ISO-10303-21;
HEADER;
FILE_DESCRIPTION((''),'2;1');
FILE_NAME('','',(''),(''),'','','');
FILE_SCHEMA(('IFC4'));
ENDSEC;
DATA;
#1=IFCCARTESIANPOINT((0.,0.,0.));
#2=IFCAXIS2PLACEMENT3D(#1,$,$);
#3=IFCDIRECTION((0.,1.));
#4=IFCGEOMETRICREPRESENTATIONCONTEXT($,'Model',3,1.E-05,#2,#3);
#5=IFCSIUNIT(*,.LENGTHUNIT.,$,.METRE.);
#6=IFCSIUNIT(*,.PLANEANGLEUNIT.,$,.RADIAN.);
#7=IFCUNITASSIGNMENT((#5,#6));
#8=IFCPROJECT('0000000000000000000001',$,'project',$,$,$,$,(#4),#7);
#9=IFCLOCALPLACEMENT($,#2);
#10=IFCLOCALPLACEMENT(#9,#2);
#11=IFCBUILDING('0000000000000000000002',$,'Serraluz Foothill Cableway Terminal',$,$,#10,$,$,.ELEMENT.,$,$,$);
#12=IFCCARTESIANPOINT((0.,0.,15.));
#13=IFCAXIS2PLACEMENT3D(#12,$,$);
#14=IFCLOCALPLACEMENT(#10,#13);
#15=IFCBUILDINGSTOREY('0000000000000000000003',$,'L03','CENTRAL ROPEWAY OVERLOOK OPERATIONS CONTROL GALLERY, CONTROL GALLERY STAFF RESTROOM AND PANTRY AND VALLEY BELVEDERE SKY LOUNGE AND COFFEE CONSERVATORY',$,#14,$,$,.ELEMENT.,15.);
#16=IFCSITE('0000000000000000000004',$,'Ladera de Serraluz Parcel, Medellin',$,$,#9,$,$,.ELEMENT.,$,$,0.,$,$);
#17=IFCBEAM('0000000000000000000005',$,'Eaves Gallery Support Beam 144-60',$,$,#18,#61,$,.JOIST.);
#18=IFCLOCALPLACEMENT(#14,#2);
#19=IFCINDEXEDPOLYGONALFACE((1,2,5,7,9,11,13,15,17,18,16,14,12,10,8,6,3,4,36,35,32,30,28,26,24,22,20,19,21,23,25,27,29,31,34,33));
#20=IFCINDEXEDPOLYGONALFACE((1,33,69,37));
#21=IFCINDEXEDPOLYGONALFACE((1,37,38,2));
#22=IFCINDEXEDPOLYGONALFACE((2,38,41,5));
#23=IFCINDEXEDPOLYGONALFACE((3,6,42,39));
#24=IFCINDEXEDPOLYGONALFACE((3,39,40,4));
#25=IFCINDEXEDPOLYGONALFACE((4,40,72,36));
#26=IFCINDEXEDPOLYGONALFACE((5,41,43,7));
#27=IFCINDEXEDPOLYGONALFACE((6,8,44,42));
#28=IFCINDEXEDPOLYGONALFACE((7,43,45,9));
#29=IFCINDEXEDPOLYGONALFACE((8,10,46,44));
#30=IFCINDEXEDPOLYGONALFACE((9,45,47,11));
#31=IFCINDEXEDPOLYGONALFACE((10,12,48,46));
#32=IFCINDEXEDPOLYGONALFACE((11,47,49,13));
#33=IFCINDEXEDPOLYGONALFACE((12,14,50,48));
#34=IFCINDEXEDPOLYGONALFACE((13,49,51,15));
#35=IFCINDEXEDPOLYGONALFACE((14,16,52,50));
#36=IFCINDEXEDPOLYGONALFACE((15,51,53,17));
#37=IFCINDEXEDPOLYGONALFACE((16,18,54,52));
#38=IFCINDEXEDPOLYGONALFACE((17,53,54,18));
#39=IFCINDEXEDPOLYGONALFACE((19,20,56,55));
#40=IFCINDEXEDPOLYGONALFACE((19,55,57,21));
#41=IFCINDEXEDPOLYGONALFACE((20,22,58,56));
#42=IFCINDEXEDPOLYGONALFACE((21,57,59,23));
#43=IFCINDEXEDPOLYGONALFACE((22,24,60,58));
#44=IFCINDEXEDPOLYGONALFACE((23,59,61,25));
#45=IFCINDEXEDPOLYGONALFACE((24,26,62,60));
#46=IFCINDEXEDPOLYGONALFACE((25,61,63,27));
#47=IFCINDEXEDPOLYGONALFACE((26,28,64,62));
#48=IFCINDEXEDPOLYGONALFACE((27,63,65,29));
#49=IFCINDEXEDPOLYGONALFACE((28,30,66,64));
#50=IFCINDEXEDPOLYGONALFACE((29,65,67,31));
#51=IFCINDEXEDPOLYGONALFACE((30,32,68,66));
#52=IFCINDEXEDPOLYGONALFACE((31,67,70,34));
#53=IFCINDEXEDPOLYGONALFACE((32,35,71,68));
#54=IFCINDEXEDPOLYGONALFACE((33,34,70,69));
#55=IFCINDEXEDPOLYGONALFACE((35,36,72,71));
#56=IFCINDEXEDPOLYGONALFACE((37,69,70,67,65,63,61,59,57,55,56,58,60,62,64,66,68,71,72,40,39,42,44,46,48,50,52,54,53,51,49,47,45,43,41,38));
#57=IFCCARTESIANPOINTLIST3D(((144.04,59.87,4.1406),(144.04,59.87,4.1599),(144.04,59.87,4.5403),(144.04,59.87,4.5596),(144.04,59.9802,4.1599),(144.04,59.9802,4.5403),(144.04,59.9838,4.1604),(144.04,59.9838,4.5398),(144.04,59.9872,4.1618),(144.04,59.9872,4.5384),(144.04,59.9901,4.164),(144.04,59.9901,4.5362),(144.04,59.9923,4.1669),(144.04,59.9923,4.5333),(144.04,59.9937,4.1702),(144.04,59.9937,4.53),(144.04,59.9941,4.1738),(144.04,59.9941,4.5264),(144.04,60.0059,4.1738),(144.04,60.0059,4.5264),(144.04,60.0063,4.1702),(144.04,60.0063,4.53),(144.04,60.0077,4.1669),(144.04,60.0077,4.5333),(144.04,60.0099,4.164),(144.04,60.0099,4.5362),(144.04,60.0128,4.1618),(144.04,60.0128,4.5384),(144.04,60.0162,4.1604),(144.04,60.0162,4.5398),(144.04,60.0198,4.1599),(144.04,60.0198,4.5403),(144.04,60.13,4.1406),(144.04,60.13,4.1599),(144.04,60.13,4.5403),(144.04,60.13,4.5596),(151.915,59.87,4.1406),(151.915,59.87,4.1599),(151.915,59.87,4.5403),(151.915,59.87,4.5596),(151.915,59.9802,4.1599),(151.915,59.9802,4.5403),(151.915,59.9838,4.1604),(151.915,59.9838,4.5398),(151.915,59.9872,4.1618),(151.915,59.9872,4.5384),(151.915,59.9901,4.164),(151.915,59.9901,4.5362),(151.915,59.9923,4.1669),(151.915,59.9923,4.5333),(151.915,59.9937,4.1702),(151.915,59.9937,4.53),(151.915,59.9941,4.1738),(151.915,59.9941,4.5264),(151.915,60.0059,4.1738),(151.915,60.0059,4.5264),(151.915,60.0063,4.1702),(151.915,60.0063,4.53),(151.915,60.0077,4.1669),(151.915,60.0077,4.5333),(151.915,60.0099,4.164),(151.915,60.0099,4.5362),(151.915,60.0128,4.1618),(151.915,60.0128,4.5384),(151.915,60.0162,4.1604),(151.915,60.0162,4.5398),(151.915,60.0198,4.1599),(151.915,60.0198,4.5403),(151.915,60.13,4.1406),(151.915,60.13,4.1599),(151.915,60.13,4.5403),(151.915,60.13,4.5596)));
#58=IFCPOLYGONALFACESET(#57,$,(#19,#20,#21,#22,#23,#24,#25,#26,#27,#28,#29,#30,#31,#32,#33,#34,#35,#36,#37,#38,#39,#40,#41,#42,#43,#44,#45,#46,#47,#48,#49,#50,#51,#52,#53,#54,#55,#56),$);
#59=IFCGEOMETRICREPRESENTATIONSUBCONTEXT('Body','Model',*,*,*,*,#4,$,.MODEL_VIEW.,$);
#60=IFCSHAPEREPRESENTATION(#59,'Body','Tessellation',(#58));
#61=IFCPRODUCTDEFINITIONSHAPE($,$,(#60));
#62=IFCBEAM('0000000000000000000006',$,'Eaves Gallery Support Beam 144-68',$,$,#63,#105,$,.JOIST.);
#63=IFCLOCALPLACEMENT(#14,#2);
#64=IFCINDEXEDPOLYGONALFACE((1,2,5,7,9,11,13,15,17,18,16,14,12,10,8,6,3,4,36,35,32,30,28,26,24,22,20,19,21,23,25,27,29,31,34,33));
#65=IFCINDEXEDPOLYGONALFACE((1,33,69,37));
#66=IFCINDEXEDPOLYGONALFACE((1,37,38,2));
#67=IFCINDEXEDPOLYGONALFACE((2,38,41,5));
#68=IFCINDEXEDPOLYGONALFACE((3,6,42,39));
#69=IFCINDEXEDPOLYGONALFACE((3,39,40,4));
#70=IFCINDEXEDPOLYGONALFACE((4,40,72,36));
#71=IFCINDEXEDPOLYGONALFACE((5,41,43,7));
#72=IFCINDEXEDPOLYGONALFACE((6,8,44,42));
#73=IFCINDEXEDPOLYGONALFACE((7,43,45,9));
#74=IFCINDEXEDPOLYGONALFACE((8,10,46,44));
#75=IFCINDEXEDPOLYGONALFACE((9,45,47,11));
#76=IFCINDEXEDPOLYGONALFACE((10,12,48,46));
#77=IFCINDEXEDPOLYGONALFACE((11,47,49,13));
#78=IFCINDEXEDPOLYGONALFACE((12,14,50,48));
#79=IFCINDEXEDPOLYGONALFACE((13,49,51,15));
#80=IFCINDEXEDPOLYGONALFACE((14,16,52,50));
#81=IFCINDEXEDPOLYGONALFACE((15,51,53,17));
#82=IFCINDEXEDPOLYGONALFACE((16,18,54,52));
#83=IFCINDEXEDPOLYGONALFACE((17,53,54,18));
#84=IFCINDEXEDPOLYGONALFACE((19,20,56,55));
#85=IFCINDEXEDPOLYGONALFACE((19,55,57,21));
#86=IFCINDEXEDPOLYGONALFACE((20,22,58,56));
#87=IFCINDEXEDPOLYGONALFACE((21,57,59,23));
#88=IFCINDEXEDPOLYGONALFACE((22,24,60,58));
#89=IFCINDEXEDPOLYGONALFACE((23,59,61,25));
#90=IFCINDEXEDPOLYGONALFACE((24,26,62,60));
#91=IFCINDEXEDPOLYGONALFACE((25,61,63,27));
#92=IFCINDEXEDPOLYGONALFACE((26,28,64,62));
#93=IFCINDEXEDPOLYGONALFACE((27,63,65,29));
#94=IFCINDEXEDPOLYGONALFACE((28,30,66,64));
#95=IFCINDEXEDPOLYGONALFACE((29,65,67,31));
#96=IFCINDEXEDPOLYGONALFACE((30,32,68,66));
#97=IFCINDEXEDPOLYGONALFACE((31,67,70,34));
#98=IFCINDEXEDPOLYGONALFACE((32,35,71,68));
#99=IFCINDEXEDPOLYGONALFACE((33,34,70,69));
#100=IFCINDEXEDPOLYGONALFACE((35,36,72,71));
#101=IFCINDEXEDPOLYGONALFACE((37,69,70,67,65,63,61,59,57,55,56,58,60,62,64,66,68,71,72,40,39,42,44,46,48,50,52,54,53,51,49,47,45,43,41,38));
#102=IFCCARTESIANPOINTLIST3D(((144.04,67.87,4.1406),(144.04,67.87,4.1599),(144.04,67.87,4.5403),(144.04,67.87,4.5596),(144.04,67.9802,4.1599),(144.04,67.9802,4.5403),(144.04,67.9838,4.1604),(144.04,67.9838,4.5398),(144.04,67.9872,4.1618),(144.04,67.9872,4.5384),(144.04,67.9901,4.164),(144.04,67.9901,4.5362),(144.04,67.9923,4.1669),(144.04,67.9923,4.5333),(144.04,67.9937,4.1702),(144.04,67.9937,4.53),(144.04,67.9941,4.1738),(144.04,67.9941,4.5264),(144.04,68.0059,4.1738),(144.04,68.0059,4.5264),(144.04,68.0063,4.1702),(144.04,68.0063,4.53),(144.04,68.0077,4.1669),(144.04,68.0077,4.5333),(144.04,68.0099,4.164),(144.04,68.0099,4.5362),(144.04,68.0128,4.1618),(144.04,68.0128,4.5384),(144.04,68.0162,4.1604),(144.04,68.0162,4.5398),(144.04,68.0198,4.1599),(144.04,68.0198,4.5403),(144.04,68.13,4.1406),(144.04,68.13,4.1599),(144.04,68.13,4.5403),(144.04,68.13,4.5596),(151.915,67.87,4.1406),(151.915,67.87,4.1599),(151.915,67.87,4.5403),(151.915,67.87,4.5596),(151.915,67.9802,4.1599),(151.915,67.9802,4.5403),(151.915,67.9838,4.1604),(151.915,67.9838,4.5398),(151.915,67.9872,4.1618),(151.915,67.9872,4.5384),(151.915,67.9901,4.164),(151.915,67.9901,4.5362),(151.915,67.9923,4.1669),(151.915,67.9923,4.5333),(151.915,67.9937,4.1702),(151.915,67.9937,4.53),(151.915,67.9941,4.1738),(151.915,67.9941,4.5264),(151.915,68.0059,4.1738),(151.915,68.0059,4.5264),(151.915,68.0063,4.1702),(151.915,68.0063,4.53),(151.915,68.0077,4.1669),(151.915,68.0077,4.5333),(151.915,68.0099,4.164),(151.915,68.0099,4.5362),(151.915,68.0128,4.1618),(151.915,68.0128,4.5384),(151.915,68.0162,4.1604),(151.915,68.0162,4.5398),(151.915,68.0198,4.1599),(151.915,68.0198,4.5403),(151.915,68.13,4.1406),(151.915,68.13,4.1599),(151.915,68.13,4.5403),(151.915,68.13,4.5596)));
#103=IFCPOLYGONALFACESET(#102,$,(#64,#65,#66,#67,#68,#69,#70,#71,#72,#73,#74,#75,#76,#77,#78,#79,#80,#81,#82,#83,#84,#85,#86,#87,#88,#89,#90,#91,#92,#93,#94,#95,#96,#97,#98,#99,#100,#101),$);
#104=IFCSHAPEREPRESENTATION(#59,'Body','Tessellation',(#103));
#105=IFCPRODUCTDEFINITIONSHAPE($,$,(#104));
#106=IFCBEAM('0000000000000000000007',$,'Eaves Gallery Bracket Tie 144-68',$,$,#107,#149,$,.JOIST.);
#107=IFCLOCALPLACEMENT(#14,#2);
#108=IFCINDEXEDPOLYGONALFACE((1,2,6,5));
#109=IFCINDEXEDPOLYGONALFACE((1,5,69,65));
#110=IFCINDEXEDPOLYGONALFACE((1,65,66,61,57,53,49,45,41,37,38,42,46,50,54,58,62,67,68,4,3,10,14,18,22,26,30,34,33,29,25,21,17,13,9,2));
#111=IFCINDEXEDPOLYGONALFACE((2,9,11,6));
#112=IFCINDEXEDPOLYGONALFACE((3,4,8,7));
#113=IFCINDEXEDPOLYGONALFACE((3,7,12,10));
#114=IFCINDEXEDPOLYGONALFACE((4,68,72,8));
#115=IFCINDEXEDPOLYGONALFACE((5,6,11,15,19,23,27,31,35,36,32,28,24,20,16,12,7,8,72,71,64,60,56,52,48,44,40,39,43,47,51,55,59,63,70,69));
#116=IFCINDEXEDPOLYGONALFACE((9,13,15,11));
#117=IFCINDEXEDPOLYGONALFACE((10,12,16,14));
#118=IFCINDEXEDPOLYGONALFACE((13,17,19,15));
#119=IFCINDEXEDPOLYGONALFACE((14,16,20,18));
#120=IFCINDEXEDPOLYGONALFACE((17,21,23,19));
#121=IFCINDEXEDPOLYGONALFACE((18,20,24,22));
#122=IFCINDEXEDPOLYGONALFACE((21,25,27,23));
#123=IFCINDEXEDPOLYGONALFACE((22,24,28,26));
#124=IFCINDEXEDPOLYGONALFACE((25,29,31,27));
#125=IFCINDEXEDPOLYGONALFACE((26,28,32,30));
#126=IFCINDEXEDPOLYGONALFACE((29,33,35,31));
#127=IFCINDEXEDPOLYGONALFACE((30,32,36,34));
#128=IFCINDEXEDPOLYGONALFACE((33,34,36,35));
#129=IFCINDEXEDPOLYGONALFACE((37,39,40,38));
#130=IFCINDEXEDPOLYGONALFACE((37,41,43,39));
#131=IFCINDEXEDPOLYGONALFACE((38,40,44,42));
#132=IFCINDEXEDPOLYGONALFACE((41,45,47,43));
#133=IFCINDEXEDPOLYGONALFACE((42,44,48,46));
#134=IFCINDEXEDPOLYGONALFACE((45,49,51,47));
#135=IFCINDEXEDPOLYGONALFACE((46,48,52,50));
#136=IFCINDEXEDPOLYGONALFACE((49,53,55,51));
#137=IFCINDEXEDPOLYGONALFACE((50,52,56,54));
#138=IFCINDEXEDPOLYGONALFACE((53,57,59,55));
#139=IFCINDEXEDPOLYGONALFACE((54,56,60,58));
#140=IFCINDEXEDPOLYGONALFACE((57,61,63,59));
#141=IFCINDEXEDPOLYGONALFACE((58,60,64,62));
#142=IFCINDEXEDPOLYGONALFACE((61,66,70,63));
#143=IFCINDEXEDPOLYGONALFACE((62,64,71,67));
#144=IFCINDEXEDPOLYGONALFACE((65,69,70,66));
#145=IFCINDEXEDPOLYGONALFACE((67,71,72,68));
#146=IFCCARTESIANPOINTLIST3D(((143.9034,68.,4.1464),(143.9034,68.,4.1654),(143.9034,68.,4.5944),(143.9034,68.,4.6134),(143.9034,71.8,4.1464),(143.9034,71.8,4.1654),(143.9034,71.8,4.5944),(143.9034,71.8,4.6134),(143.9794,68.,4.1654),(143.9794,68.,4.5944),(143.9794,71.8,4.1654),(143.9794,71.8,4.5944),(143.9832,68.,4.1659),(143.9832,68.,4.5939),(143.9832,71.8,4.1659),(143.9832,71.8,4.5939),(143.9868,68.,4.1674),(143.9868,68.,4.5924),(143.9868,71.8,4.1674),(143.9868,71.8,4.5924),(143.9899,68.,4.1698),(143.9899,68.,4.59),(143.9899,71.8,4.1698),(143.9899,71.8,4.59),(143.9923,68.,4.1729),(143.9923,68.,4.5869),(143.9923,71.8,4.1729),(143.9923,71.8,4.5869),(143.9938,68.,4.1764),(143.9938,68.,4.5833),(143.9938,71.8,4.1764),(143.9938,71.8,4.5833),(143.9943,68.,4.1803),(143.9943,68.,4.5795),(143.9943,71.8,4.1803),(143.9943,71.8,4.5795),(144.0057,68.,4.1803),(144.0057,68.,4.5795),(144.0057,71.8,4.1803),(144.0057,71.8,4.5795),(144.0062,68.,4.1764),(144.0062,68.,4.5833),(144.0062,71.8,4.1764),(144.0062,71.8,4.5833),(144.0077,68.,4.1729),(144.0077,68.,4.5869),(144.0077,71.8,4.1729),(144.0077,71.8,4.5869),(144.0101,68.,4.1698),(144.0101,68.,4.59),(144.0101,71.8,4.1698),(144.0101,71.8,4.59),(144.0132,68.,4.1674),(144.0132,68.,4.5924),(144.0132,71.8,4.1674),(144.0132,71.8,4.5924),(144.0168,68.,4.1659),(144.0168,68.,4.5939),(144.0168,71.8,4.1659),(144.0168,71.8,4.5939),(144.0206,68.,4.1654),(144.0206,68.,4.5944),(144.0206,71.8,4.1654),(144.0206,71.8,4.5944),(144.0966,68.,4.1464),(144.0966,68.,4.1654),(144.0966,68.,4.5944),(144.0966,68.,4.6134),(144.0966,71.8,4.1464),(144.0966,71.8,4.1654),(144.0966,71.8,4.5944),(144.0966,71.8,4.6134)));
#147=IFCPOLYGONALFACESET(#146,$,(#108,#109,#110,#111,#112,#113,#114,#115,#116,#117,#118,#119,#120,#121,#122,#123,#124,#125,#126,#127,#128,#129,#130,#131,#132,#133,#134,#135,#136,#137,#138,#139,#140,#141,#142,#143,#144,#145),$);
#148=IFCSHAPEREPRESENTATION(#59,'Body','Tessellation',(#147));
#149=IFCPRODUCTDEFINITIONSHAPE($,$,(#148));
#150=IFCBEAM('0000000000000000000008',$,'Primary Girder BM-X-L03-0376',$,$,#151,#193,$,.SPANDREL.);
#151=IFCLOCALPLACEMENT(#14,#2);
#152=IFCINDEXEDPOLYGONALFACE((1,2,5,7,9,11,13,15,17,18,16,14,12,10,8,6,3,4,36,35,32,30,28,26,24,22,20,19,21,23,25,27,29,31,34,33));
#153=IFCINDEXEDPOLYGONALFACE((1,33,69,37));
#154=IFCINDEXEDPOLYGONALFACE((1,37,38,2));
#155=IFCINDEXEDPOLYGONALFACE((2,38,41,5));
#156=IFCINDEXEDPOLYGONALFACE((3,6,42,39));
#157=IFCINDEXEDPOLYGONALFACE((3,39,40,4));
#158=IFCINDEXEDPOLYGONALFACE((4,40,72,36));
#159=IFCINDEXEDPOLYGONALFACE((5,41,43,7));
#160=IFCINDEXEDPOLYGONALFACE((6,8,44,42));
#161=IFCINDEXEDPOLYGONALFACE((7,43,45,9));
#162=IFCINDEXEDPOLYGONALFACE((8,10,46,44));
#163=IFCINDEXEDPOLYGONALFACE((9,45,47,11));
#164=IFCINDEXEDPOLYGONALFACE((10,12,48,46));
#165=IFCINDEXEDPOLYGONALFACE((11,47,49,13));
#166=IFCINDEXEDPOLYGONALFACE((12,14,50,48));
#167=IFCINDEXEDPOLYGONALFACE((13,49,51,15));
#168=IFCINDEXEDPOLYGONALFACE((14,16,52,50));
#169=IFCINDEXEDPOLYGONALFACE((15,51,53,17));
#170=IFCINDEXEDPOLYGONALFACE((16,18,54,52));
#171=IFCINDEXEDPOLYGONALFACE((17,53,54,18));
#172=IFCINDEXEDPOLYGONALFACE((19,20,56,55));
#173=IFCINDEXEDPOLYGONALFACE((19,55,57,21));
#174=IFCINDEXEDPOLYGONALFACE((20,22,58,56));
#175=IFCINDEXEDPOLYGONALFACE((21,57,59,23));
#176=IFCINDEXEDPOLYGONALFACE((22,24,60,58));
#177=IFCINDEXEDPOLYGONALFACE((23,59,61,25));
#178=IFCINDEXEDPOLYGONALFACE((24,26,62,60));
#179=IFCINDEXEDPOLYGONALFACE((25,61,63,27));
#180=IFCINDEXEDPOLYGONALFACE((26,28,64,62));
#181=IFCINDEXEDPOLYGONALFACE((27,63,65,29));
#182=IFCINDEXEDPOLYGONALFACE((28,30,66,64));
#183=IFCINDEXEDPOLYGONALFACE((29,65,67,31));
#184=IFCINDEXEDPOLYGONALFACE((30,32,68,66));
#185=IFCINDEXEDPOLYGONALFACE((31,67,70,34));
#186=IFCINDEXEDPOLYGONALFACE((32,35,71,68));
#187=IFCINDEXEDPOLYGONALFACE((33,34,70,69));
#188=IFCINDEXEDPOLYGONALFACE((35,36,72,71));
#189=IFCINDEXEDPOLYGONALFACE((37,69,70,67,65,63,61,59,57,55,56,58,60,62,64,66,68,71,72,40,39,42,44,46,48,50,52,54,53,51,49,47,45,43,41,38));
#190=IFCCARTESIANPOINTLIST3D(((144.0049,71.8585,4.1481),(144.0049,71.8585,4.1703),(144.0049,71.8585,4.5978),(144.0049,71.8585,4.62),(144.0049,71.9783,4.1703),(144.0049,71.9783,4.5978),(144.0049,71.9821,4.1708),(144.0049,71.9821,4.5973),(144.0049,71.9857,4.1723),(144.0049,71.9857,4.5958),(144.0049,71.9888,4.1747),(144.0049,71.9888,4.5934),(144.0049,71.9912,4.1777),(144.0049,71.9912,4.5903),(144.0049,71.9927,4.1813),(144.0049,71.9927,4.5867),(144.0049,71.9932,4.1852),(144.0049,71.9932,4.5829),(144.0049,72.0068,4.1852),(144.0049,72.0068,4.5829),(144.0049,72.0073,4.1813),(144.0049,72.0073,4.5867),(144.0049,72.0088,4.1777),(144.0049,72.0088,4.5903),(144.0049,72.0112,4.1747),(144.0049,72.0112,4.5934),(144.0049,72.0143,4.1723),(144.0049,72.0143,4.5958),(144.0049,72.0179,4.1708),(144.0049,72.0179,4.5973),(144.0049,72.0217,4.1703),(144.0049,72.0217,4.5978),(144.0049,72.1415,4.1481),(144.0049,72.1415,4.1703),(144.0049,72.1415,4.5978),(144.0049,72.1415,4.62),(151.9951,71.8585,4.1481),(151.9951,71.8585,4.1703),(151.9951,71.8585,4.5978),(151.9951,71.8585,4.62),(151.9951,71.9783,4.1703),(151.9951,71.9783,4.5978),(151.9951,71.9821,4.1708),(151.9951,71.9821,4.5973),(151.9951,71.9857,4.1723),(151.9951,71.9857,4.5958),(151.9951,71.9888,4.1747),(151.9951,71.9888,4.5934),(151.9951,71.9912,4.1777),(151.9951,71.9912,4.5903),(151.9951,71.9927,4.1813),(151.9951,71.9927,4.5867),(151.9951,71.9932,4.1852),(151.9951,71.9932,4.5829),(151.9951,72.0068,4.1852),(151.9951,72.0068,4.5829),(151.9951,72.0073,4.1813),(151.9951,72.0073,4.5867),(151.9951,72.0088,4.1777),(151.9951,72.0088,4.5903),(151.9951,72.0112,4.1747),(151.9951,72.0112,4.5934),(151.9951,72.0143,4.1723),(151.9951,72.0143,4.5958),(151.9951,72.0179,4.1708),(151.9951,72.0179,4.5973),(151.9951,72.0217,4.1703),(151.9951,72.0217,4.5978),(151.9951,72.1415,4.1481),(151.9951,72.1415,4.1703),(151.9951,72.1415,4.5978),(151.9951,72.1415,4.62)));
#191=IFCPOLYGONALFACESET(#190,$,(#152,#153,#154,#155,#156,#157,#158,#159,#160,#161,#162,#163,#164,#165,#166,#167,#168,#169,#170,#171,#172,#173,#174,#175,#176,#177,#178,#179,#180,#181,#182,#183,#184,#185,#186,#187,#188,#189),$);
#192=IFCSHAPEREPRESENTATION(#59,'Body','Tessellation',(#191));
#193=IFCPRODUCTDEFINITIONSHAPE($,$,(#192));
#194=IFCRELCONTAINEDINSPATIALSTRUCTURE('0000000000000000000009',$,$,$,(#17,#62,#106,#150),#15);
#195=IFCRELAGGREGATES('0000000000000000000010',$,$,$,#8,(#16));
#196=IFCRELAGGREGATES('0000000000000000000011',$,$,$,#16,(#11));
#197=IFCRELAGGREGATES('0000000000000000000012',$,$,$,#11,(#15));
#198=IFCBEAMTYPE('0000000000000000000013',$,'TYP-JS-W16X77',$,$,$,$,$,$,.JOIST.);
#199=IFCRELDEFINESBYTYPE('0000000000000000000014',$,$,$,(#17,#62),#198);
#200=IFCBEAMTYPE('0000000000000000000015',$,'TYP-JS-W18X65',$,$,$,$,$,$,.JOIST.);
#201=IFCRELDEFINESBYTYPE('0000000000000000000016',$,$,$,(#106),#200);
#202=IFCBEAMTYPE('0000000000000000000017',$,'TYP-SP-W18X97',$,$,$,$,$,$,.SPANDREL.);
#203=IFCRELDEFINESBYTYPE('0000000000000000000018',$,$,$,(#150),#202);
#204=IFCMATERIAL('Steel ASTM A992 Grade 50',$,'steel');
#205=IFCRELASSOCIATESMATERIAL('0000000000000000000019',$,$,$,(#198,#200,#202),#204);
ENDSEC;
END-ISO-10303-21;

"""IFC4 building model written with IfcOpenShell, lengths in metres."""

from ifc_helpers import new_model, si_unit, direction, frame, origin, origin_2d, place, context, subcontext, project, spatial, i_section, extrude, material, material_profile, profile_set, type_object, element, save


model = new_model("IFC4")

# Units and contexts
model_context = context("Model", 3, precision=1e-05, world=origin(), true_north=direction((0.0, 1.0)))
body_context = subcontext(model_context, "Body", "Model", "MODEL_VIEW")
ifc_project = project(units=[si_unit("LENGTHUNIT", "METRE"), si_unit("PLANEANGLEUNIT", "RADIAN")], contexts=[model_context])

# Site, building, storey
site_placement = place(None, origin())
site = spatial("IfcSite", under=ifc_project, at=site_placement, Name="Ladera de Serraluz Parcel, Medellin", CompositionType="ELEMENT", RefElevation=0.0)
building_placement = place(site_placement, origin())
building = spatial("IfcBuilding", under=site, at=building_placement, Name="Serraluz Foothill Cableway Terminal", CompositionType="ELEMENT")
storey_placement = place(building_placement, frame((0.0, 0.0, 15.0)))
storey = spatial("IfcBuildingStorey", under=building, at=storey_placement, Name="L03", Description="CENTRAL ROPEWAY OVERLOOK OPERATIONS CONTROL GALLERY, CONTROL GALLERY STAFF RESTROOM AND PANTRY AND VALLEY BELVEDERE SKY LOUNGE AND COFFEE CONSERVATORY", CompositionType="ELEMENT", Elevation=15.0)

# Shared definitions
ifc_material_1 = material(Name="Steel ASTM A992 Grade 50", Category="steel")

# Beams
ifc_material_profile_1 = material_profile(ifc_material_1, i_section(OverallWidth=0.26, OverallDepth=0.4189, WebThickness=0.0117, FlangeThickness=0.0193, FilletRadius=0.0139, at=origin_2d()), Name="W16X77")
ifc_profile_set_1 = profile_set([ifc_material_profile_1], Name="Steel ASTM A992 Grade 50")
beam_type_1 = type_object("IfcBeamType", Name="TYP-JS-W16X77", PredefinedType="JOIST", material=ifc_profile_set_1)
for number, where, z_axis, x_axis, name in (
    (1, (144.04, 60.0, 4.3501), (1.0, 0.0, 0.0), (0.0, 1.0, 0.0), "Eaves Gallery Support Beam 144-60"),
    (2, (144.04, 68.0, 4.3501), (1.0, 0.0, 0.0), (0.0, 1.0, 0.0), "Eaves Gallery Support Beam 144-68"),
):
    element("IfcBeam", number, at=place(storey_placement, frame(where, z_axis=z_axis, x_axis=x_axis)), inside=storey, type_object=beam_type_1, Name=name, PredefinedType="JOIST", context=body_context, shape_type="SweptSolid", body=[
        extrude(i_section(OverallWidth=0.26, OverallDepth=0.4189, WebThickness=0.0117, FlangeThickness=0.0193, FilletRadius=0.0139, at=origin_2d()), origin(), (0.0, 0.0, 1.0), 7.875),
    ])
ifc_material_profile_2 = material_profile(ifc_material_1, i_section(OverallWidth=0.1931, OverallDepth=0.467, WebThickness=0.0115, FlangeThickness=0.019, FilletRadius=0.0149, at=origin_2d()), Name="W18X65")
ifc_profile_set_2 = profile_set([ifc_material_profile_2], Name="Steel ASTM A992 Grade 50")
beam_type_2 = type_object("IfcBeamType", Name="TYP-JS-W18X65", PredefinedType="JOIST", material=ifc_profile_set_2)
beam_1_placement = place(storey_placement, frame((144.0, 68.0, 4.3799), z_axis=(0.0, 1.0, 0.0), x_axis=(-1.0, 0.0, 0.0)))
element("IfcBeam", 3, at=beam_1_placement, inside=storey, type_object=beam_type_2, Name="Eaves Gallery Bracket Tie 144-68", PredefinedType="JOIST", context=body_context, shape_type="SweptSolid", body=[
    extrude(i_section(OverallWidth=0.1931, OverallDepth=0.467, WebThickness=0.0115, FlangeThickness=0.019, FilletRadius=0.0149, at=origin_2d()), origin(), (0.0, 0.0, 1.0), 3.8),
])
ifc_material_profile_3 = material_profile(ifc_material_1, i_section(OverallWidth=0.283, OverallDepth=0.4719, WebThickness=0.0137, FlangeThickness=0.0222, FilletRadius=0.0149, at=origin_2d()), Name="W18X97")
ifc_profile_set_3 = profile_set([ifc_material_profile_3], Name="Steel ASTM A992 Grade 50")
beam_type_3 = type_object("IfcBeamType", Name="TYP-SP-W18X97", PredefinedType="SPANDREL", material=ifc_profile_set_3)
beam_2_placement = place(storey_placement, frame((144.0049, 72.0, 4.384), z_axis=(1.0, 0.0, 0.0), x_axis=(0.0, 1.0, 0.0)))
element("IfcBeam", 4, at=beam_2_placement, inside=storey, type_object=beam_type_3, Name="Primary Girder BM-X-L03-0376", PredefinedType="SPANDREL", context=body_context, shape_type="SweptSolid", body=[
    extrude(i_section(OverallWidth=0.283, OverallDepth=0.4719, WebThickness=0.0137, FlangeThickness=0.0222, FilletRadius=0.0149, at=origin_2d()), origin(), (0.0, 0.0, 1.0), 7.9902),
])

save(model, "model.ifc")
